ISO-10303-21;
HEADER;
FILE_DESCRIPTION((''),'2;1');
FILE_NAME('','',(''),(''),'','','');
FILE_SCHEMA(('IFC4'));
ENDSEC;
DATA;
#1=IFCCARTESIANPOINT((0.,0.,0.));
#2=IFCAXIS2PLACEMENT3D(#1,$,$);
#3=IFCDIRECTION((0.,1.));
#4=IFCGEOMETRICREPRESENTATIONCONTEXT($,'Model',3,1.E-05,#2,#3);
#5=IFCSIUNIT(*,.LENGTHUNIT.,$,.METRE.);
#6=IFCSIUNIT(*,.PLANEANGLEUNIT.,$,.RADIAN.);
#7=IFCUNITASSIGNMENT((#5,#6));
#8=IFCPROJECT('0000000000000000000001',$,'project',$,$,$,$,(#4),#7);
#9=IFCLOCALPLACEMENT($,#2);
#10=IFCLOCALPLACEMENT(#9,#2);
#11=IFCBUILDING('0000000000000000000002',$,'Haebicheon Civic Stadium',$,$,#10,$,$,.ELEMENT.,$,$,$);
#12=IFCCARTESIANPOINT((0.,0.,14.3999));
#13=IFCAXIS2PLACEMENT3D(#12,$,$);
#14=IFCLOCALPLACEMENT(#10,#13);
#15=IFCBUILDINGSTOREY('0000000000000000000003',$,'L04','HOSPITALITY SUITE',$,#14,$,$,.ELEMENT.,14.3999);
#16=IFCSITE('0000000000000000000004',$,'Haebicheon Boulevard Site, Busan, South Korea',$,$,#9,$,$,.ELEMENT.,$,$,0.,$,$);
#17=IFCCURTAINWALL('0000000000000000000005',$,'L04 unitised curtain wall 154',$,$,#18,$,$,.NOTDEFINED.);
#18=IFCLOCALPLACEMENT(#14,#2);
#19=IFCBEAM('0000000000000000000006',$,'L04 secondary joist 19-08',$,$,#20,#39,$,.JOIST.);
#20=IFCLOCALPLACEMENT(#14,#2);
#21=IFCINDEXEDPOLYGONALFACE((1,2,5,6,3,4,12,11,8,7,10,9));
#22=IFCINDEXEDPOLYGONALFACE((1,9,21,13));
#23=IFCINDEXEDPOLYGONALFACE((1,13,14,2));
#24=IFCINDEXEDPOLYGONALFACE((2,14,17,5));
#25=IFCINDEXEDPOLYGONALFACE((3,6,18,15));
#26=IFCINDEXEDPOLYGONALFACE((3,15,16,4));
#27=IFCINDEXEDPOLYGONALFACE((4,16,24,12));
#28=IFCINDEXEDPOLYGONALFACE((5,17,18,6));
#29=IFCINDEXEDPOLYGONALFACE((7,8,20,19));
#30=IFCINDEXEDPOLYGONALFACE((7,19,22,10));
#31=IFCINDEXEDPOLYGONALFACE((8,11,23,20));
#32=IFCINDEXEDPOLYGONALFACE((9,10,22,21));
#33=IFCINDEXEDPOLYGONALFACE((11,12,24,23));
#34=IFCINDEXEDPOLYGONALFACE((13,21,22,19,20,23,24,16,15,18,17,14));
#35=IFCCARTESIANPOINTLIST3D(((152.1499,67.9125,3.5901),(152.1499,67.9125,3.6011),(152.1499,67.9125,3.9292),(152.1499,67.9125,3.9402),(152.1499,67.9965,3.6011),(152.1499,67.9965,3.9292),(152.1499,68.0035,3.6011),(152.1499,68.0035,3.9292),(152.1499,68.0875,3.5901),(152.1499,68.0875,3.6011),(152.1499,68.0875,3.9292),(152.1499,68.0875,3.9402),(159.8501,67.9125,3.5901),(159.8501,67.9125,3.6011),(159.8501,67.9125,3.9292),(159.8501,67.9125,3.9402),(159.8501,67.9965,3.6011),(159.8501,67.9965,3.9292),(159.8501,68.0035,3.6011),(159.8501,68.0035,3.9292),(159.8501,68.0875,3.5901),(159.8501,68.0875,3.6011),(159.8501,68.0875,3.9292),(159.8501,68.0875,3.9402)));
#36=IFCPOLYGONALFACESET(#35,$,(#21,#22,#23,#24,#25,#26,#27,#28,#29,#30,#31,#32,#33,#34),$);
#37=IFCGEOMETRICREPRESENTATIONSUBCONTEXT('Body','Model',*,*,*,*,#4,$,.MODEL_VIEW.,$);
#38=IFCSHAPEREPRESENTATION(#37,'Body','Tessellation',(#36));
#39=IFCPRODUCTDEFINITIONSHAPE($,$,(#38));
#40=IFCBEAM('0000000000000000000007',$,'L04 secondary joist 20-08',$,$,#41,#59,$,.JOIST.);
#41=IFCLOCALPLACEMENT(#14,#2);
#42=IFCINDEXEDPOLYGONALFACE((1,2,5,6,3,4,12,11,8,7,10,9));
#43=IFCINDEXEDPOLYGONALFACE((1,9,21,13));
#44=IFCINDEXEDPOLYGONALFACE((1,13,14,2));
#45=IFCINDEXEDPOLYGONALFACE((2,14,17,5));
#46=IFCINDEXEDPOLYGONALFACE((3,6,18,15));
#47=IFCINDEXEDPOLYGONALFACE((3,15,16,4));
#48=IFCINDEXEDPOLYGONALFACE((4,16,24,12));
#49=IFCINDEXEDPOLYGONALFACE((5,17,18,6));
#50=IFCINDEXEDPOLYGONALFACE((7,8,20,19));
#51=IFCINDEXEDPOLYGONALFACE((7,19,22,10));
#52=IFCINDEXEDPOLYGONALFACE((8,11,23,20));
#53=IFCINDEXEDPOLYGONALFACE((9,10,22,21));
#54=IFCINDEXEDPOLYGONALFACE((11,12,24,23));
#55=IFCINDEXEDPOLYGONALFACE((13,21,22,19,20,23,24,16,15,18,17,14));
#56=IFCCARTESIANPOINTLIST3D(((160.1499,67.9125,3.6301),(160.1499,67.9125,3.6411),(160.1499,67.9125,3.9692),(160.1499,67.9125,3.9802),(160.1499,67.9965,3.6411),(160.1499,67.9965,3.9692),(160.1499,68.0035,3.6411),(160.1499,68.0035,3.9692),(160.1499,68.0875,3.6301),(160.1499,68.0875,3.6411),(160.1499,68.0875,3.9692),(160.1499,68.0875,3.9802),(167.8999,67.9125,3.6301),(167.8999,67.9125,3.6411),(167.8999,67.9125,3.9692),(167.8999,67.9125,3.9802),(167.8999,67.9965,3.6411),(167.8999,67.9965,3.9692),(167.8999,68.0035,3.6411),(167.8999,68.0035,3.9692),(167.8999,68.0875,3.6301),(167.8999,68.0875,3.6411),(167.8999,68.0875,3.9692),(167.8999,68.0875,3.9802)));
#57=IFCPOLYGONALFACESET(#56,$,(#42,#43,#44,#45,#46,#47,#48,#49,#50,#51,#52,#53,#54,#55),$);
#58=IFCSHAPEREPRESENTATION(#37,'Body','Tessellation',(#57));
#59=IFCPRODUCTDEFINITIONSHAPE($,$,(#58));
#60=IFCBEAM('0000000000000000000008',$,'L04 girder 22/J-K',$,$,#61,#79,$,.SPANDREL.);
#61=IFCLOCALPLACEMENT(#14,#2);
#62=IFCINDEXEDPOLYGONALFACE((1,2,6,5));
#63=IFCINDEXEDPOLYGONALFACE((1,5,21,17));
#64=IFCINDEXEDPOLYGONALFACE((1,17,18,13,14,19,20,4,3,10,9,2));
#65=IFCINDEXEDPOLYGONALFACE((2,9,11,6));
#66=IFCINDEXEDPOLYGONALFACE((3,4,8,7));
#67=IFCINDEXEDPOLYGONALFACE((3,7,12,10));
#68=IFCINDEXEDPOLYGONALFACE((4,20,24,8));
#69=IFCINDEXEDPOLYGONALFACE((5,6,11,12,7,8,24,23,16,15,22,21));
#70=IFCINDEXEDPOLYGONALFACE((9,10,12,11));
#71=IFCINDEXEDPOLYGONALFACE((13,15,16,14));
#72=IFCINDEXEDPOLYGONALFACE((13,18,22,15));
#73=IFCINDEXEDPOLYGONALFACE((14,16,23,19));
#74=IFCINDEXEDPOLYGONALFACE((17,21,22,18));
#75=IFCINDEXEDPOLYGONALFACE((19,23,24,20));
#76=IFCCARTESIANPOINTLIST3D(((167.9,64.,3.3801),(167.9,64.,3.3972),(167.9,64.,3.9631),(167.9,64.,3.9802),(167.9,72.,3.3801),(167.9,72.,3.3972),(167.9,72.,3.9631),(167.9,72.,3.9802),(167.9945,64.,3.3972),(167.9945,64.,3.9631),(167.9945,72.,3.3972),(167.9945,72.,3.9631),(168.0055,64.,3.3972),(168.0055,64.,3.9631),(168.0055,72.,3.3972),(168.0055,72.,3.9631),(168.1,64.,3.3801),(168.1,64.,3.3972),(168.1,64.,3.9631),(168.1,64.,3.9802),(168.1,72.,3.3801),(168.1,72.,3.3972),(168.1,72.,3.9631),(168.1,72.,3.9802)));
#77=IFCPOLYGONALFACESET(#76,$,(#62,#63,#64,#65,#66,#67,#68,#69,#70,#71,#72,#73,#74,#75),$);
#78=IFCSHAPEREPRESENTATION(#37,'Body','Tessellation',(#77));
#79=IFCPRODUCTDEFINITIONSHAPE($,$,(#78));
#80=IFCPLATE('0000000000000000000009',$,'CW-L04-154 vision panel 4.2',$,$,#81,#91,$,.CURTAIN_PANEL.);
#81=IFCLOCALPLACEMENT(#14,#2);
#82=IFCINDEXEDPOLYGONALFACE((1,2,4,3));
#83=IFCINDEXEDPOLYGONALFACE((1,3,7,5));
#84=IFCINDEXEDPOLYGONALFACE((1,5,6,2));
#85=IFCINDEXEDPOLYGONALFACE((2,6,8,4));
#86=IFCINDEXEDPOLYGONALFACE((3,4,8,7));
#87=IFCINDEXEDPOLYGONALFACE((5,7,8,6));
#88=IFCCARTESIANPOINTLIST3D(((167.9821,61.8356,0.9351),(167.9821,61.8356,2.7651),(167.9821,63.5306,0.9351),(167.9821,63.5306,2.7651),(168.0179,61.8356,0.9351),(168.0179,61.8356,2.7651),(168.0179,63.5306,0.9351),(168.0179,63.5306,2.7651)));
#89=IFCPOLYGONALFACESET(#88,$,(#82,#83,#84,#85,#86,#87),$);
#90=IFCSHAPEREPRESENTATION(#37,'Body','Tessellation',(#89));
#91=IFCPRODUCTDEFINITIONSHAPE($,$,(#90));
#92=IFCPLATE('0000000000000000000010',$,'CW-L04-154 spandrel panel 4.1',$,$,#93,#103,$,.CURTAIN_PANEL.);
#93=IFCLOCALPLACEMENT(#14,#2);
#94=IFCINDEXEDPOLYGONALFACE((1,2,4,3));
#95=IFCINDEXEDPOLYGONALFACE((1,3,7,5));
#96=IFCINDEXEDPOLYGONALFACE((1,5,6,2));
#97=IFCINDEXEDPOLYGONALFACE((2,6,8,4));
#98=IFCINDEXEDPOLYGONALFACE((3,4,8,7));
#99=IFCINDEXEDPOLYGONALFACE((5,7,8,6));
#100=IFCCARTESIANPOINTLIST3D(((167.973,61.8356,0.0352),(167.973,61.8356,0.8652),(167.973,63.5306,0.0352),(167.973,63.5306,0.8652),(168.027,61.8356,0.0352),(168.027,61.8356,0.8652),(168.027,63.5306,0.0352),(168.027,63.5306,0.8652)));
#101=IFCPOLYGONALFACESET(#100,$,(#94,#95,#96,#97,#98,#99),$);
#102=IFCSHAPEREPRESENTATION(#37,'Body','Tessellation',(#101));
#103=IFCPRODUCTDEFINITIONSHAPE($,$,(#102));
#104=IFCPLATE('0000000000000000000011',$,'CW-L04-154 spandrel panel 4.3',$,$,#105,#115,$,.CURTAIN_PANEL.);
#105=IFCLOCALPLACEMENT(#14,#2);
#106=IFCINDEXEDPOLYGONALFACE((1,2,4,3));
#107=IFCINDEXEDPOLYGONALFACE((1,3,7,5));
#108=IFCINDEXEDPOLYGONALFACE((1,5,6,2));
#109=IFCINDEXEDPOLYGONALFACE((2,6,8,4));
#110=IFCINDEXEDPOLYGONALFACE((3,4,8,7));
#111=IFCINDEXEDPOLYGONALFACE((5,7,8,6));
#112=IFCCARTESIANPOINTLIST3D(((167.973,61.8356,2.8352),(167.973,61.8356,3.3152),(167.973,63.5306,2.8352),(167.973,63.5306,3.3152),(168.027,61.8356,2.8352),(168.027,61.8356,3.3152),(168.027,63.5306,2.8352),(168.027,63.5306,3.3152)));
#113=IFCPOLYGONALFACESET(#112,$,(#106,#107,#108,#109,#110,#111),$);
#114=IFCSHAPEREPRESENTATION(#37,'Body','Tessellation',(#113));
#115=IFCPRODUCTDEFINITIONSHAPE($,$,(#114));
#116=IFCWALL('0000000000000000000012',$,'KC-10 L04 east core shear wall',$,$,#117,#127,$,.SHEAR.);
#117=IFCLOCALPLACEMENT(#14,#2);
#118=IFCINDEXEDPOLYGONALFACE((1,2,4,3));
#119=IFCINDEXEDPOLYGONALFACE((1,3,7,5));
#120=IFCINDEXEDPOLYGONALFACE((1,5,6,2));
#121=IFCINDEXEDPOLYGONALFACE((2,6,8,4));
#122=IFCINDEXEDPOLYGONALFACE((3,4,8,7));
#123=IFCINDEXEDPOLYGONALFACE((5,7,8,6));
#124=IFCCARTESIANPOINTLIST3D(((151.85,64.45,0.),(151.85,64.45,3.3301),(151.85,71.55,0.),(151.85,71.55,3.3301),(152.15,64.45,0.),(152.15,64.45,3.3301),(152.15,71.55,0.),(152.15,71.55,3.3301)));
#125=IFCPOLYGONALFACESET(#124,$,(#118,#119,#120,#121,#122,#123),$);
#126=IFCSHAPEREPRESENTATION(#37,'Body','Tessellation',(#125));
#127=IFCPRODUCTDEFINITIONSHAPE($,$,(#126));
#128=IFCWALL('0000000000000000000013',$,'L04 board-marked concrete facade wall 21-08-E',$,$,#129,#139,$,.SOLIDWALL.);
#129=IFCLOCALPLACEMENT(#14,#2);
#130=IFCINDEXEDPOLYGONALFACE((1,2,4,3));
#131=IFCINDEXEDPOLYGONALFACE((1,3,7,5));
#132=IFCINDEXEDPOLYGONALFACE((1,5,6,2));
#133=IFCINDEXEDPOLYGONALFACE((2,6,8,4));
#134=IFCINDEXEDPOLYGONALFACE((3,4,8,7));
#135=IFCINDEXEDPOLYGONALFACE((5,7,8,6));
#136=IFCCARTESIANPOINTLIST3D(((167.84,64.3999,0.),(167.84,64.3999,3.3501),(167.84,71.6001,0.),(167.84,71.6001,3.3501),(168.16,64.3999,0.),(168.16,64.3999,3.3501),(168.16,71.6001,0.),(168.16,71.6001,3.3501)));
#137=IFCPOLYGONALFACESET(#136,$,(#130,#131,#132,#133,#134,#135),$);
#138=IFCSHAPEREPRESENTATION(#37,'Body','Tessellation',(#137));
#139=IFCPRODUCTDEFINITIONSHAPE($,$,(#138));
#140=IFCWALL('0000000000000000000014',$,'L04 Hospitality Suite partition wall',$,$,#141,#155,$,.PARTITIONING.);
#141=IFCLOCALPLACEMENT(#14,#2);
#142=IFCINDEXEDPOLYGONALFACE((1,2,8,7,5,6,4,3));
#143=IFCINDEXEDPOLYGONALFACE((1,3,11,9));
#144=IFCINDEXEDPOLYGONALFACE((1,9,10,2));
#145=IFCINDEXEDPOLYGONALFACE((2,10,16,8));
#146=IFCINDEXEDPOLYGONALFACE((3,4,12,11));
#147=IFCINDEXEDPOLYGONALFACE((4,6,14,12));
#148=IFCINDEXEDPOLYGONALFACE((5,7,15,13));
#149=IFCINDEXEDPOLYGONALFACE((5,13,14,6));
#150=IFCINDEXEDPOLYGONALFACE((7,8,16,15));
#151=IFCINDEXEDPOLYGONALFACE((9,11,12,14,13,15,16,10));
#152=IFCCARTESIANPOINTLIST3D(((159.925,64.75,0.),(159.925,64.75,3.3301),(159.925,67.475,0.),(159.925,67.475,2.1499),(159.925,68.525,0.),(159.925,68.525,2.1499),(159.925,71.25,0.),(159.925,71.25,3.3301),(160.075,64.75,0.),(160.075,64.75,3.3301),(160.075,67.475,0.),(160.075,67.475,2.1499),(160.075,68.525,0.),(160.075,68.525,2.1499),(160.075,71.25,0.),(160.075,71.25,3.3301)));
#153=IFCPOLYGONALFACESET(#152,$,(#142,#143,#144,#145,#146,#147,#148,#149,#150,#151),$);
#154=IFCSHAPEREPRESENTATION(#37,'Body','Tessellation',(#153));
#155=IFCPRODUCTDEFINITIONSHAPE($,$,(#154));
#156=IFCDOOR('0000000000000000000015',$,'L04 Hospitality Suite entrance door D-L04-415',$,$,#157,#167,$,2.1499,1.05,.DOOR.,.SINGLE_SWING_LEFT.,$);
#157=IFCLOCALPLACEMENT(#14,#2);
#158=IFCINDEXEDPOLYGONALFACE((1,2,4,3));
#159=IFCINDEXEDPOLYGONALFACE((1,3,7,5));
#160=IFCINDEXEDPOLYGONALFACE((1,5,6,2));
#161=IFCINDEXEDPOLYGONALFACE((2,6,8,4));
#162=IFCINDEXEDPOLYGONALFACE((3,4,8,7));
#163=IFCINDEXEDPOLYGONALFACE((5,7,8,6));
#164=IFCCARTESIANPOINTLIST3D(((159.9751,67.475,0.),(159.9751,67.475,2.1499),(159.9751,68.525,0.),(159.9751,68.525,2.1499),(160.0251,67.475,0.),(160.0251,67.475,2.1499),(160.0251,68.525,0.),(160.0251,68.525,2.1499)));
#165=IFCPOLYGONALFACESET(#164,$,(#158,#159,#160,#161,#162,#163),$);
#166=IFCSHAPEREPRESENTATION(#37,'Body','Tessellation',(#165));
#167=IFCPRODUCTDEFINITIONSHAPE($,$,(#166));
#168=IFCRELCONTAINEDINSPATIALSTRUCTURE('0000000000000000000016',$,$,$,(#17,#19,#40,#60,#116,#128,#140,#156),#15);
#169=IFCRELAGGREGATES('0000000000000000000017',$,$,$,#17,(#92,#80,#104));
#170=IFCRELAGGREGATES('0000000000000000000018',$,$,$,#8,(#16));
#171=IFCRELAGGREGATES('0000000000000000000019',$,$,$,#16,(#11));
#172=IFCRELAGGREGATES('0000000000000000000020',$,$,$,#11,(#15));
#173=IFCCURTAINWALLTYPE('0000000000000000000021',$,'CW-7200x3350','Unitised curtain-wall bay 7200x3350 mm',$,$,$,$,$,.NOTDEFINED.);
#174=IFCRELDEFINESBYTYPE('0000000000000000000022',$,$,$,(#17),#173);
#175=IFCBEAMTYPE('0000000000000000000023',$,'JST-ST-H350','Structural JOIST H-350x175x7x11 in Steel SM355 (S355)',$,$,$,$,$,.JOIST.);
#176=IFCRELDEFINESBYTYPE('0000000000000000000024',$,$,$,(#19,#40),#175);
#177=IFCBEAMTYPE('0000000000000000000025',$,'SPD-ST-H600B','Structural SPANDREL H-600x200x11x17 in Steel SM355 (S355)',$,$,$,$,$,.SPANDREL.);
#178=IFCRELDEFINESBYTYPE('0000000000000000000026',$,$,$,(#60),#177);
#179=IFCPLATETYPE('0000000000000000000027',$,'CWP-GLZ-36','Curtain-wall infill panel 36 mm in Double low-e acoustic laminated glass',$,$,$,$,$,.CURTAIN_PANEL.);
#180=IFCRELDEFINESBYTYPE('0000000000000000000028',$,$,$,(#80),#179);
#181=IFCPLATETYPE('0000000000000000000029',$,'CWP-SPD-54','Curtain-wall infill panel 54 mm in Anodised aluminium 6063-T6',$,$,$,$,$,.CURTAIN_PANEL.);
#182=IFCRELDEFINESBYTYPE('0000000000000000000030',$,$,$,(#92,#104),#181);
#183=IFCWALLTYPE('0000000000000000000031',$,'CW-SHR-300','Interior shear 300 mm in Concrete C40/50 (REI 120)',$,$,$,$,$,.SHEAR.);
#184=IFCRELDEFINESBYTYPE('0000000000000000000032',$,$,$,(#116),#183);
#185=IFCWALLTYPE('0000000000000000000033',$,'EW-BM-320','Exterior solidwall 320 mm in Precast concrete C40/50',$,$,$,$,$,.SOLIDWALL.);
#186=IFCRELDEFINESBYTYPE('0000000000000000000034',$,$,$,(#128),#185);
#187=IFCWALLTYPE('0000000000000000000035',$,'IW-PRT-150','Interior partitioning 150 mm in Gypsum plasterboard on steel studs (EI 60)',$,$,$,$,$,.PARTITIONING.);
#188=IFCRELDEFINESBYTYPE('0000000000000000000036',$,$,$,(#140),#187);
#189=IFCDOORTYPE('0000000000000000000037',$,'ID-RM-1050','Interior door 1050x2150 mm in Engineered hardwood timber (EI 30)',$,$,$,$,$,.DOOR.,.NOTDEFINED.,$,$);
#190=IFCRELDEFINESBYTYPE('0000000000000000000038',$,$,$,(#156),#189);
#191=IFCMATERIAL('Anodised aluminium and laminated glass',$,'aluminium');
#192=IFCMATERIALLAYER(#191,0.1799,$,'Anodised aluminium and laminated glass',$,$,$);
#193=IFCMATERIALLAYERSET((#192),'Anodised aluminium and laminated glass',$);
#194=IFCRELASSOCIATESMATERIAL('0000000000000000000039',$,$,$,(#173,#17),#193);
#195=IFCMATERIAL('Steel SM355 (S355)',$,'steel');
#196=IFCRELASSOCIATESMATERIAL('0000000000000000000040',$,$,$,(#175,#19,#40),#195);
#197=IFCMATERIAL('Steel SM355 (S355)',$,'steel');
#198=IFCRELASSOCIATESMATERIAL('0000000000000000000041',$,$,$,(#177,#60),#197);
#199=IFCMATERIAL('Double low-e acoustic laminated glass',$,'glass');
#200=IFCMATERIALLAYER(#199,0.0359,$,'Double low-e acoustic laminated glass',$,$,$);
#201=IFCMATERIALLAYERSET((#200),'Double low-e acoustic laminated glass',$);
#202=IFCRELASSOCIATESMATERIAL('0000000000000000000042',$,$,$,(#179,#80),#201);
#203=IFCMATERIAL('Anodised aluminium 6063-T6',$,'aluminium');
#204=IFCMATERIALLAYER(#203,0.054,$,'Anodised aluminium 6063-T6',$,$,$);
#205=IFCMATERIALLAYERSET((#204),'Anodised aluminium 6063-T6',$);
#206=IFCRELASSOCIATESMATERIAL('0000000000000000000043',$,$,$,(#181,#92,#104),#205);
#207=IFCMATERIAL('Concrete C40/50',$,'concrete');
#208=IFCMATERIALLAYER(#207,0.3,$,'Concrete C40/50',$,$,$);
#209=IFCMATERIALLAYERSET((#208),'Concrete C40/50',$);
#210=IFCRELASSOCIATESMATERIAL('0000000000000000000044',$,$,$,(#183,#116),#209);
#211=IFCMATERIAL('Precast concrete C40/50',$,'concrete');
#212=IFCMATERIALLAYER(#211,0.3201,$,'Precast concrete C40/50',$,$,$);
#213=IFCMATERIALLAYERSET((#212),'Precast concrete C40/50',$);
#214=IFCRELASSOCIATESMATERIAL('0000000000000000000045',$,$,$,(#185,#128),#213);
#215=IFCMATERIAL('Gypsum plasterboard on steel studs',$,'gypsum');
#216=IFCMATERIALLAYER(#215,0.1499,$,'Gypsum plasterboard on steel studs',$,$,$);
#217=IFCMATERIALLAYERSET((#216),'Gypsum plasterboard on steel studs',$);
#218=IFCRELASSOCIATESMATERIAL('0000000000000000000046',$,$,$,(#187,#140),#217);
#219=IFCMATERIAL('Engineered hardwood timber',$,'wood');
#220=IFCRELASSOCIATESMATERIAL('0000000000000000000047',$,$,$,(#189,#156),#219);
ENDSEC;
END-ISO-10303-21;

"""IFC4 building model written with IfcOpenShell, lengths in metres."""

from ifc_helpers import new_model, si_unit, direction, frame, frame_2d, origin, origin_2d, place, context, subcontext, project, spatial, rectangle, i_section, extrude, material, layer, layer_set, material_profile, profile_set, type_object, element, fill, aggregate, save


model = new_model("IFC4")

# Units and contexts
model_context = context("Model", 3, precision=1e-05, world=origin(), true_north=direction((0.0, 1.0)))
body_context = subcontext(model_context, "Body", "Model", "MODEL_VIEW")
ifc_project = project(units=[si_unit("LENGTHUNIT", "METRE"), si_unit("PLANEANGLEUNIT", "RADIAN")], contexts=[model_context])

# Site, building, storey
site_placement = place(None, origin())
site = spatial("IfcSite", under=ifc_project, at=site_placement, Name="Haebicheon Boulevard Site, Busan, South Korea", CompositionType="ELEMENT", RefElevation=0.0)
building_placement = place(site_placement, origin())
building = spatial("IfcBuilding", under=site, at=building_placement, Name="Haebicheon Civic Stadium", CompositionType="ELEMENT")
storey_placement = place(building_placement, frame((0.0, 0.0, 14.3999)))
storey = spatial("IfcBuildingStorey", under=building, at=storey_placement, Name="L04", Description="HOSPITALITY SUITE", CompositionType="ELEMENT", Elevation=14.3999)

# Curtain wall
ifc_material_1 = material(Name="Anodised aluminium and laminated glass", Category="aluminium")
ifc_layer_1 = layer(ifc_material_1, 0.1799, Name="Anodised aluminium and laminated glass")
ifc_layer_set_1 = layer_set([ifc_layer_1], Name="Anodised aluminium and laminated glass")
curtain_wall_type = type_object("IfcCurtainWallType", Name="CW-7200x3350", Description="Unitised curtain-wall bay 7200x3350 mm", PredefinedType="NOTDEFINED", material=ifc_layer_set_1)
curtain_wall_placement = place(storey_placement, origin())
curtain_wall = element("IfcCurtainWall", 1, at=curtain_wall_placement, inside=storey, type_object=curtain_wall_type, material=ifc_layer_set_1, Name="L04 unitised curtain wall 154", PredefinedType="NOTDEFINED")

# Beams
ifc_material_2 = material(Name="Steel SM355 (S355)", Category="steel")
ifc_material_profile_1 = material_profile(ifc_material_2, i_section(OverallWidth=0.175, OverallDepth=0.3501, WebThickness=0.0071, FlangeThickness=0.011, at=origin_2d()), Name="H-350x175x7x11")
ifc_profile_set_1 = profile_set([ifc_material_profile_1], Name="Steel SM355 (S355)")
beam_type_1 = type_object("IfcBeamType", Name="JST-ST-H350", Description="Structural JOIST H-350x175x7x11 in Steel SM355 (S355)", PredefinedType="JOIST", material=ifc_profile_set_1)
beam_1_placement = place(storey_placement, frame((152.1499, 68.0, 3.7651), z_axis=(1.0, 0.0, 0.0), x_axis=(0.0, 1.0, 0.0)))
element("IfcBeam", 2, at=beam_1_placement, inside=storey, type_object=beam_type_1, material=ifc_profile_set_1, Name="L04 secondary joist 19-08", PredefinedType="JOIST", context=body_context, shape_type="SweptSolid", body=[
    extrude(i_section(OverallWidth=0.175, OverallDepth=0.3501, WebThickness=0.0071, FlangeThickness=0.011, at=origin_2d()), origin(), (0.0, 0.0, 1.0), 7.7002),
])
beam_2_placement = place(storey_placement, frame((160.1499, 68.0, 3.8052), z_axis=(1.0, 0.0, 0.0), x_axis=(0.0, 1.0, 0.0)))
element("IfcBeam", 3, at=beam_2_placement, inside=storey, type_object=beam_type_1, material=ifc_profile_set_1, Name="L04 secondary joist 20-08", PredefinedType="JOIST", context=body_context, shape_type="SweptSolid", body=[
    extrude(i_section(OverallWidth=0.175, OverallDepth=0.3501, WebThickness=0.0071, FlangeThickness=0.011, at=origin_2d()), origin(), (0.0, 0.0, 1.0), 7.75),
])
ifc_material_3 = material(Name="Steel SM355 (S355)", Category="steel")
ifc_material_profile_2 = material_profile(ifc_material_3, i_section(OverallWidth=0.2, OverallDepth=0.6001, WebThickness=0.011, FlangeThickness=0.0171, at=origin_2d()), Name="H-600x200x11x17")
ifc_profile_set_2 = profile_set([ifc_material_profile_2], Name="Steel SM355 (S355)")
beam_type_2 = type_object("IfcBeamType", Name="SPD-ST-H600B", Description="Structural SPANDREL H-600x200x11x17 in Steel SM355 (S355)", PredefinedType="SPANDREL", material=ifc_profile_set_2)
beam_3_placement = place(storey_placement, frame((168.0, 64.0, 3.6802), z_axis=(0.0, 1.0, 0.0), x_axis=(-1.0, 0.0, 0.0)))
element("IfcBeam", 4, at=beam_3_placement, inside=storey, type_object=beam_type_2, material=ifc_profile_set_2, Name="L04 girder 22/J-K", PredefinedType="SPANDREL", context=body_context, shape_type="SweptSolid", body=[
    extrude(i_section(OverallWidth=0.2, OverallDepth=0.6001, WebThickness=0.011, FlangeThickness=0.0171, at=origin_2d()), origin(), (0.0, 0.0, 1.0), 8.0),
])

# Plates
ifc_material_4 = material(Name="Double low-e acoustic laminated glass", Category="glass")
ifc_layer_2 = layer(ifc_material_4, 0.0359, Name="Double low-e acoustic laminated glass")
ifc_layer_set_2 = layer_set([ifc_layer_2], Name="Double low-e acoustic laminated glass")
plate_type_1 = type_object("IfcPlateType", Name="CWP-GLZ-36", Description="Curtain-wall infill panel 36 mm in Double low-e acoustic laminated glass", PredefinedType="CURTAIN_PANEL", material=ifc_layer_set_2)
plate_1_placement = place(storey_placement, frame((168.0, 62.6831, 0.9351), z_axis=(0.0, 0.0, 1.0), x_axis=(0.0, 1.0, 0.0)))
plate_1 = element("IfcPlate", 5, at=plate_1_placement, type_object=plate_type_1, material=ifc_layer_set_2, Name="CW-L04-154 vision panel 4.2", PredefinedType="CURTAIN_PANEL", context=body_context, shape_type="SweptSolid", body=[
    extrude(rectangle(XDim=1.6951, YDim=0.0359, at=origin_2d()), origin(), (0.0, 0.0, 1.0), 1.8301),
])
ifc_material_5 = material(Name="Anodised aluminium 6063-T6", Category="aluminium")
ifc_layer_3 = layer(ifc_material_5, 0.054, Name="Anodised aluminium 6063-T6")
ifc_layer_set_3 = layer_set([ifc_layer_3], Name="Anodised aluminium 6063-T6")
plate_type_2 = type_object("IfcPlateType", Name="CWP-SPD-54", Description="Curtain-wall infill panel 54 mm in Anodised aluminium 6063-T6", PredefinedType="CURTAIN_PANEL", material=ifc_layer_set_3)
plate_2_placement = place(storey_placement, frame((168.0, 62.6831, 0.0352), z_axis=(0.0, 0.0, 1.0), x_axis=(0.0, 1.0, 0.0)))
plate_2 = element("IfcPlate", 6, at=plate_2_placement, type_object=plate_type_2, material=ifc_layer_set_3, Name="CW-L04-154 spandrel panel 4.1", PredefinedType="CURTAIN_PANEL", context=body_context, shape_type="SweptSolid", body=[
    extrude(rectangle(XDim=1.6951, YDim=0.054, at=origin_2d()), origin(), (0.0, 0.0, 1.0), 0.8301),
])
plate_3_placement = place(storey_placement, frame((168.0, 62.6831, 2.8352), z_axis=(0.0, 0.0, 1.0), x_axis=(0.0, 1.0, 0.0)))
plate_3 = element("IfcPlate", 7, at=plate_3_placement, type_object=plate_type_2, material=ifc_layer_set_3, Name="CW-L04-154 spandrel panel 4.3", PredefinedType="CURTAIN_PANEL", context=body_context, shape_type="SweptSolid", body=[
    extrude(rectangle(XDim=1.6951, YDim=0.054, at=origin_2d()), origin(), (0.0, 0.0, 1.0), 0.48),
])
aggregate(curtain_wall, [plate_2, plate_1, plate_3])

# Wall
ifc_material_6 = material(Name="Concrete C40/50", Category="concrete")
ifc_layer_4 = layer(ifc_material_6, 0.3, Name="Concrete C40/50")
ifc_layer_set_4 = layer_set([ifc_layer_4], Name="Concrete C40/50")
wall_type_1 = type_object("IfcWallType", Name="CW-SHR-300", Description="Interior shear 300 mm in Concrete C40/50 (REI 120)", PredefinedType="SHEAR", material=ifc_layer_set_4)
wall_1_placement = place(storey_placement, frame((152.0, 64.45, 0.0), z_axis=(0.0, 0.0, 1.0), x_axis=(0.0, 1.0, 0.0)))
element("IfcWall", 8, at=wall_1_placement, inside=storey, type_object=wall_type_1, material=ifc_layer_set_4, Name="KC-10 L04 east core shear wall", PredefinedType="SHEAR", context=body_context, shape_type="SweptSolid", body=[
    extrude(rectangle(XDim=7.1001, YDim=0.3, at=frame_2d((3.55, 0.0))), origin(), (0.0, 0.0, 1.0), 3.3301),
])

# Wall
ifc_material_7 = material(Name="Precast concrete C40/50", Category="concrete")
ifc_layer_5 = layer(ifc_material_7, 0.3201, Name="Precast concrete C40/50")
ifc_layer_set_5 = layer_set([ifc_layer_5], Name="Precast concrete C40/50")
wall_type_2 = type_object("IfcWallType", Name="EW-BM-320", Description="Exterior solidwall 320 mm in Precast concrete C40/50", PredefinedType="SOLIDWALL", material=ifc_layer_set_5)
wall_2_placement = place(storey_placement, frame((168.0, 64.3999, 0.0), z_axis=(0.0, 0.0, 1.0), x_axis=(0.0, 1.0, 0.0)))
element("IfcWall", 9, at=wall_2_placement, inside=storey, type_object=wall_type_2, material=ifc_layer_set_5, Name="L04 board-marked concrete facade wall 21-08-E", PredefinedType="SOLIDWALL", context=body_context, shape_type="SweptSolid", body=[
    extrude(rectangle(XDim=7.2002, YDim=0.3201, at=frame_2d((3.6001, 0.0))), origin(), (0.0, 0.0, 1.0), 3.3501),
])

# Wall, opening, door
ifc_material_8 = material(Name="Gypsum plasterboard on steel studs", Category="gypsum")
ifc_layer_6 = layer(ifc_material_8, 0.1499, Name="Gypsum plasterboard on steel studs")
ifc_layer_set_6 = layer_set([ifc_layer_6], Name="Gypsum plasterboard on steel studs")
wall_type_3 = type_object("IfcWallType", Name="IW-PRT-150", Description="Interior partitioning 150 mm in Gypsum plasterboard on steel studs (EI 60)", PredefinedType="PARTITIONING", material=ifc_layer_set_6)
wall_3_placement = place(storey_placement, frame((160.0, 64.75, 0.0), z_axis=(0.0, 0.0, 1.0), x_axis=(0.0, 1.0, 0.0)))
wall_3 = element("IfcWall", 10, at=wall_3_placement, inside=storey, type_object=wall_type_3, material=ifc_layer_set_6, Name="L04 Hospitality Suite partition wall", PredefinedType="PARTITIONING", context=body_context, shape_type="SweptSolid", body=[
    extrude(rectangle(XDim=6.5, YDim=0.1499, at=frame_2d((3.25, 0.0))), origin(), (0.0, 0.0, 1.0), 3.3301),
])
opening_1_placement = place(wall_3_placement, frame((2.7251, 0.0, 0.0)))
opening_1 = element("IfcOpeningElement", 11, at=opening_1_placement, cuts=wall_3, PredefinedType="OPENING", context=body_context, shape_type="SweptSolid", body=[
    extrude(rectangle(XDim=1.05, YDim=2.1499, at=frame_2d((0.5249, 1.075))), frame((0.0, 0.085, 0.0), z_axis=(0.0, -1.0, 0.0), x_axis=(1.0, 0.0, 0.0)), (0.0, 0.0, 1.0), 0.1699),
])
ifc_material_9 = material(Name="Engineered hardwood timber", Category="wood")
door_type_1 = type_object("IfcDoorType", Name="ID-RM-1050", Description="Interior door 1050x2150 mm in Engineered hardwood timber (EI 30)", OperationType="NOTDEFINED", PredefinedType="DOOR", material=ifc_material_9)
door_1_placement = place(opening_1_placement, origin())
door_1 = element("IfcDoor", 12, at=door_1_placement, inside=storey, type_object=door_type_1, material=ifc_material_9, Name="L04 Hospitality Suite entrance door D-L04-415", OperationType="SINGLE_SWING_LEFT", OverallHeight=2.1499, OverallWidth=1.05, PredefinedType="DOOR", context=body_context, shape_type="SweptSolid", body=[
    extrude(rectangle(XDim=1.05, YDim=2.1499, at=frame_2d((0.5249, 1.075))), frame((0.0, 0.0249, 0.0), z_axis=(0.0, -1.0, 0.0), x_axis=(1.0, 0.0, 0.0)), (0.0, 0.0, 1.0), 0.05),
])
fill(opening_1, door_1)

save(model, "model.ifc")
